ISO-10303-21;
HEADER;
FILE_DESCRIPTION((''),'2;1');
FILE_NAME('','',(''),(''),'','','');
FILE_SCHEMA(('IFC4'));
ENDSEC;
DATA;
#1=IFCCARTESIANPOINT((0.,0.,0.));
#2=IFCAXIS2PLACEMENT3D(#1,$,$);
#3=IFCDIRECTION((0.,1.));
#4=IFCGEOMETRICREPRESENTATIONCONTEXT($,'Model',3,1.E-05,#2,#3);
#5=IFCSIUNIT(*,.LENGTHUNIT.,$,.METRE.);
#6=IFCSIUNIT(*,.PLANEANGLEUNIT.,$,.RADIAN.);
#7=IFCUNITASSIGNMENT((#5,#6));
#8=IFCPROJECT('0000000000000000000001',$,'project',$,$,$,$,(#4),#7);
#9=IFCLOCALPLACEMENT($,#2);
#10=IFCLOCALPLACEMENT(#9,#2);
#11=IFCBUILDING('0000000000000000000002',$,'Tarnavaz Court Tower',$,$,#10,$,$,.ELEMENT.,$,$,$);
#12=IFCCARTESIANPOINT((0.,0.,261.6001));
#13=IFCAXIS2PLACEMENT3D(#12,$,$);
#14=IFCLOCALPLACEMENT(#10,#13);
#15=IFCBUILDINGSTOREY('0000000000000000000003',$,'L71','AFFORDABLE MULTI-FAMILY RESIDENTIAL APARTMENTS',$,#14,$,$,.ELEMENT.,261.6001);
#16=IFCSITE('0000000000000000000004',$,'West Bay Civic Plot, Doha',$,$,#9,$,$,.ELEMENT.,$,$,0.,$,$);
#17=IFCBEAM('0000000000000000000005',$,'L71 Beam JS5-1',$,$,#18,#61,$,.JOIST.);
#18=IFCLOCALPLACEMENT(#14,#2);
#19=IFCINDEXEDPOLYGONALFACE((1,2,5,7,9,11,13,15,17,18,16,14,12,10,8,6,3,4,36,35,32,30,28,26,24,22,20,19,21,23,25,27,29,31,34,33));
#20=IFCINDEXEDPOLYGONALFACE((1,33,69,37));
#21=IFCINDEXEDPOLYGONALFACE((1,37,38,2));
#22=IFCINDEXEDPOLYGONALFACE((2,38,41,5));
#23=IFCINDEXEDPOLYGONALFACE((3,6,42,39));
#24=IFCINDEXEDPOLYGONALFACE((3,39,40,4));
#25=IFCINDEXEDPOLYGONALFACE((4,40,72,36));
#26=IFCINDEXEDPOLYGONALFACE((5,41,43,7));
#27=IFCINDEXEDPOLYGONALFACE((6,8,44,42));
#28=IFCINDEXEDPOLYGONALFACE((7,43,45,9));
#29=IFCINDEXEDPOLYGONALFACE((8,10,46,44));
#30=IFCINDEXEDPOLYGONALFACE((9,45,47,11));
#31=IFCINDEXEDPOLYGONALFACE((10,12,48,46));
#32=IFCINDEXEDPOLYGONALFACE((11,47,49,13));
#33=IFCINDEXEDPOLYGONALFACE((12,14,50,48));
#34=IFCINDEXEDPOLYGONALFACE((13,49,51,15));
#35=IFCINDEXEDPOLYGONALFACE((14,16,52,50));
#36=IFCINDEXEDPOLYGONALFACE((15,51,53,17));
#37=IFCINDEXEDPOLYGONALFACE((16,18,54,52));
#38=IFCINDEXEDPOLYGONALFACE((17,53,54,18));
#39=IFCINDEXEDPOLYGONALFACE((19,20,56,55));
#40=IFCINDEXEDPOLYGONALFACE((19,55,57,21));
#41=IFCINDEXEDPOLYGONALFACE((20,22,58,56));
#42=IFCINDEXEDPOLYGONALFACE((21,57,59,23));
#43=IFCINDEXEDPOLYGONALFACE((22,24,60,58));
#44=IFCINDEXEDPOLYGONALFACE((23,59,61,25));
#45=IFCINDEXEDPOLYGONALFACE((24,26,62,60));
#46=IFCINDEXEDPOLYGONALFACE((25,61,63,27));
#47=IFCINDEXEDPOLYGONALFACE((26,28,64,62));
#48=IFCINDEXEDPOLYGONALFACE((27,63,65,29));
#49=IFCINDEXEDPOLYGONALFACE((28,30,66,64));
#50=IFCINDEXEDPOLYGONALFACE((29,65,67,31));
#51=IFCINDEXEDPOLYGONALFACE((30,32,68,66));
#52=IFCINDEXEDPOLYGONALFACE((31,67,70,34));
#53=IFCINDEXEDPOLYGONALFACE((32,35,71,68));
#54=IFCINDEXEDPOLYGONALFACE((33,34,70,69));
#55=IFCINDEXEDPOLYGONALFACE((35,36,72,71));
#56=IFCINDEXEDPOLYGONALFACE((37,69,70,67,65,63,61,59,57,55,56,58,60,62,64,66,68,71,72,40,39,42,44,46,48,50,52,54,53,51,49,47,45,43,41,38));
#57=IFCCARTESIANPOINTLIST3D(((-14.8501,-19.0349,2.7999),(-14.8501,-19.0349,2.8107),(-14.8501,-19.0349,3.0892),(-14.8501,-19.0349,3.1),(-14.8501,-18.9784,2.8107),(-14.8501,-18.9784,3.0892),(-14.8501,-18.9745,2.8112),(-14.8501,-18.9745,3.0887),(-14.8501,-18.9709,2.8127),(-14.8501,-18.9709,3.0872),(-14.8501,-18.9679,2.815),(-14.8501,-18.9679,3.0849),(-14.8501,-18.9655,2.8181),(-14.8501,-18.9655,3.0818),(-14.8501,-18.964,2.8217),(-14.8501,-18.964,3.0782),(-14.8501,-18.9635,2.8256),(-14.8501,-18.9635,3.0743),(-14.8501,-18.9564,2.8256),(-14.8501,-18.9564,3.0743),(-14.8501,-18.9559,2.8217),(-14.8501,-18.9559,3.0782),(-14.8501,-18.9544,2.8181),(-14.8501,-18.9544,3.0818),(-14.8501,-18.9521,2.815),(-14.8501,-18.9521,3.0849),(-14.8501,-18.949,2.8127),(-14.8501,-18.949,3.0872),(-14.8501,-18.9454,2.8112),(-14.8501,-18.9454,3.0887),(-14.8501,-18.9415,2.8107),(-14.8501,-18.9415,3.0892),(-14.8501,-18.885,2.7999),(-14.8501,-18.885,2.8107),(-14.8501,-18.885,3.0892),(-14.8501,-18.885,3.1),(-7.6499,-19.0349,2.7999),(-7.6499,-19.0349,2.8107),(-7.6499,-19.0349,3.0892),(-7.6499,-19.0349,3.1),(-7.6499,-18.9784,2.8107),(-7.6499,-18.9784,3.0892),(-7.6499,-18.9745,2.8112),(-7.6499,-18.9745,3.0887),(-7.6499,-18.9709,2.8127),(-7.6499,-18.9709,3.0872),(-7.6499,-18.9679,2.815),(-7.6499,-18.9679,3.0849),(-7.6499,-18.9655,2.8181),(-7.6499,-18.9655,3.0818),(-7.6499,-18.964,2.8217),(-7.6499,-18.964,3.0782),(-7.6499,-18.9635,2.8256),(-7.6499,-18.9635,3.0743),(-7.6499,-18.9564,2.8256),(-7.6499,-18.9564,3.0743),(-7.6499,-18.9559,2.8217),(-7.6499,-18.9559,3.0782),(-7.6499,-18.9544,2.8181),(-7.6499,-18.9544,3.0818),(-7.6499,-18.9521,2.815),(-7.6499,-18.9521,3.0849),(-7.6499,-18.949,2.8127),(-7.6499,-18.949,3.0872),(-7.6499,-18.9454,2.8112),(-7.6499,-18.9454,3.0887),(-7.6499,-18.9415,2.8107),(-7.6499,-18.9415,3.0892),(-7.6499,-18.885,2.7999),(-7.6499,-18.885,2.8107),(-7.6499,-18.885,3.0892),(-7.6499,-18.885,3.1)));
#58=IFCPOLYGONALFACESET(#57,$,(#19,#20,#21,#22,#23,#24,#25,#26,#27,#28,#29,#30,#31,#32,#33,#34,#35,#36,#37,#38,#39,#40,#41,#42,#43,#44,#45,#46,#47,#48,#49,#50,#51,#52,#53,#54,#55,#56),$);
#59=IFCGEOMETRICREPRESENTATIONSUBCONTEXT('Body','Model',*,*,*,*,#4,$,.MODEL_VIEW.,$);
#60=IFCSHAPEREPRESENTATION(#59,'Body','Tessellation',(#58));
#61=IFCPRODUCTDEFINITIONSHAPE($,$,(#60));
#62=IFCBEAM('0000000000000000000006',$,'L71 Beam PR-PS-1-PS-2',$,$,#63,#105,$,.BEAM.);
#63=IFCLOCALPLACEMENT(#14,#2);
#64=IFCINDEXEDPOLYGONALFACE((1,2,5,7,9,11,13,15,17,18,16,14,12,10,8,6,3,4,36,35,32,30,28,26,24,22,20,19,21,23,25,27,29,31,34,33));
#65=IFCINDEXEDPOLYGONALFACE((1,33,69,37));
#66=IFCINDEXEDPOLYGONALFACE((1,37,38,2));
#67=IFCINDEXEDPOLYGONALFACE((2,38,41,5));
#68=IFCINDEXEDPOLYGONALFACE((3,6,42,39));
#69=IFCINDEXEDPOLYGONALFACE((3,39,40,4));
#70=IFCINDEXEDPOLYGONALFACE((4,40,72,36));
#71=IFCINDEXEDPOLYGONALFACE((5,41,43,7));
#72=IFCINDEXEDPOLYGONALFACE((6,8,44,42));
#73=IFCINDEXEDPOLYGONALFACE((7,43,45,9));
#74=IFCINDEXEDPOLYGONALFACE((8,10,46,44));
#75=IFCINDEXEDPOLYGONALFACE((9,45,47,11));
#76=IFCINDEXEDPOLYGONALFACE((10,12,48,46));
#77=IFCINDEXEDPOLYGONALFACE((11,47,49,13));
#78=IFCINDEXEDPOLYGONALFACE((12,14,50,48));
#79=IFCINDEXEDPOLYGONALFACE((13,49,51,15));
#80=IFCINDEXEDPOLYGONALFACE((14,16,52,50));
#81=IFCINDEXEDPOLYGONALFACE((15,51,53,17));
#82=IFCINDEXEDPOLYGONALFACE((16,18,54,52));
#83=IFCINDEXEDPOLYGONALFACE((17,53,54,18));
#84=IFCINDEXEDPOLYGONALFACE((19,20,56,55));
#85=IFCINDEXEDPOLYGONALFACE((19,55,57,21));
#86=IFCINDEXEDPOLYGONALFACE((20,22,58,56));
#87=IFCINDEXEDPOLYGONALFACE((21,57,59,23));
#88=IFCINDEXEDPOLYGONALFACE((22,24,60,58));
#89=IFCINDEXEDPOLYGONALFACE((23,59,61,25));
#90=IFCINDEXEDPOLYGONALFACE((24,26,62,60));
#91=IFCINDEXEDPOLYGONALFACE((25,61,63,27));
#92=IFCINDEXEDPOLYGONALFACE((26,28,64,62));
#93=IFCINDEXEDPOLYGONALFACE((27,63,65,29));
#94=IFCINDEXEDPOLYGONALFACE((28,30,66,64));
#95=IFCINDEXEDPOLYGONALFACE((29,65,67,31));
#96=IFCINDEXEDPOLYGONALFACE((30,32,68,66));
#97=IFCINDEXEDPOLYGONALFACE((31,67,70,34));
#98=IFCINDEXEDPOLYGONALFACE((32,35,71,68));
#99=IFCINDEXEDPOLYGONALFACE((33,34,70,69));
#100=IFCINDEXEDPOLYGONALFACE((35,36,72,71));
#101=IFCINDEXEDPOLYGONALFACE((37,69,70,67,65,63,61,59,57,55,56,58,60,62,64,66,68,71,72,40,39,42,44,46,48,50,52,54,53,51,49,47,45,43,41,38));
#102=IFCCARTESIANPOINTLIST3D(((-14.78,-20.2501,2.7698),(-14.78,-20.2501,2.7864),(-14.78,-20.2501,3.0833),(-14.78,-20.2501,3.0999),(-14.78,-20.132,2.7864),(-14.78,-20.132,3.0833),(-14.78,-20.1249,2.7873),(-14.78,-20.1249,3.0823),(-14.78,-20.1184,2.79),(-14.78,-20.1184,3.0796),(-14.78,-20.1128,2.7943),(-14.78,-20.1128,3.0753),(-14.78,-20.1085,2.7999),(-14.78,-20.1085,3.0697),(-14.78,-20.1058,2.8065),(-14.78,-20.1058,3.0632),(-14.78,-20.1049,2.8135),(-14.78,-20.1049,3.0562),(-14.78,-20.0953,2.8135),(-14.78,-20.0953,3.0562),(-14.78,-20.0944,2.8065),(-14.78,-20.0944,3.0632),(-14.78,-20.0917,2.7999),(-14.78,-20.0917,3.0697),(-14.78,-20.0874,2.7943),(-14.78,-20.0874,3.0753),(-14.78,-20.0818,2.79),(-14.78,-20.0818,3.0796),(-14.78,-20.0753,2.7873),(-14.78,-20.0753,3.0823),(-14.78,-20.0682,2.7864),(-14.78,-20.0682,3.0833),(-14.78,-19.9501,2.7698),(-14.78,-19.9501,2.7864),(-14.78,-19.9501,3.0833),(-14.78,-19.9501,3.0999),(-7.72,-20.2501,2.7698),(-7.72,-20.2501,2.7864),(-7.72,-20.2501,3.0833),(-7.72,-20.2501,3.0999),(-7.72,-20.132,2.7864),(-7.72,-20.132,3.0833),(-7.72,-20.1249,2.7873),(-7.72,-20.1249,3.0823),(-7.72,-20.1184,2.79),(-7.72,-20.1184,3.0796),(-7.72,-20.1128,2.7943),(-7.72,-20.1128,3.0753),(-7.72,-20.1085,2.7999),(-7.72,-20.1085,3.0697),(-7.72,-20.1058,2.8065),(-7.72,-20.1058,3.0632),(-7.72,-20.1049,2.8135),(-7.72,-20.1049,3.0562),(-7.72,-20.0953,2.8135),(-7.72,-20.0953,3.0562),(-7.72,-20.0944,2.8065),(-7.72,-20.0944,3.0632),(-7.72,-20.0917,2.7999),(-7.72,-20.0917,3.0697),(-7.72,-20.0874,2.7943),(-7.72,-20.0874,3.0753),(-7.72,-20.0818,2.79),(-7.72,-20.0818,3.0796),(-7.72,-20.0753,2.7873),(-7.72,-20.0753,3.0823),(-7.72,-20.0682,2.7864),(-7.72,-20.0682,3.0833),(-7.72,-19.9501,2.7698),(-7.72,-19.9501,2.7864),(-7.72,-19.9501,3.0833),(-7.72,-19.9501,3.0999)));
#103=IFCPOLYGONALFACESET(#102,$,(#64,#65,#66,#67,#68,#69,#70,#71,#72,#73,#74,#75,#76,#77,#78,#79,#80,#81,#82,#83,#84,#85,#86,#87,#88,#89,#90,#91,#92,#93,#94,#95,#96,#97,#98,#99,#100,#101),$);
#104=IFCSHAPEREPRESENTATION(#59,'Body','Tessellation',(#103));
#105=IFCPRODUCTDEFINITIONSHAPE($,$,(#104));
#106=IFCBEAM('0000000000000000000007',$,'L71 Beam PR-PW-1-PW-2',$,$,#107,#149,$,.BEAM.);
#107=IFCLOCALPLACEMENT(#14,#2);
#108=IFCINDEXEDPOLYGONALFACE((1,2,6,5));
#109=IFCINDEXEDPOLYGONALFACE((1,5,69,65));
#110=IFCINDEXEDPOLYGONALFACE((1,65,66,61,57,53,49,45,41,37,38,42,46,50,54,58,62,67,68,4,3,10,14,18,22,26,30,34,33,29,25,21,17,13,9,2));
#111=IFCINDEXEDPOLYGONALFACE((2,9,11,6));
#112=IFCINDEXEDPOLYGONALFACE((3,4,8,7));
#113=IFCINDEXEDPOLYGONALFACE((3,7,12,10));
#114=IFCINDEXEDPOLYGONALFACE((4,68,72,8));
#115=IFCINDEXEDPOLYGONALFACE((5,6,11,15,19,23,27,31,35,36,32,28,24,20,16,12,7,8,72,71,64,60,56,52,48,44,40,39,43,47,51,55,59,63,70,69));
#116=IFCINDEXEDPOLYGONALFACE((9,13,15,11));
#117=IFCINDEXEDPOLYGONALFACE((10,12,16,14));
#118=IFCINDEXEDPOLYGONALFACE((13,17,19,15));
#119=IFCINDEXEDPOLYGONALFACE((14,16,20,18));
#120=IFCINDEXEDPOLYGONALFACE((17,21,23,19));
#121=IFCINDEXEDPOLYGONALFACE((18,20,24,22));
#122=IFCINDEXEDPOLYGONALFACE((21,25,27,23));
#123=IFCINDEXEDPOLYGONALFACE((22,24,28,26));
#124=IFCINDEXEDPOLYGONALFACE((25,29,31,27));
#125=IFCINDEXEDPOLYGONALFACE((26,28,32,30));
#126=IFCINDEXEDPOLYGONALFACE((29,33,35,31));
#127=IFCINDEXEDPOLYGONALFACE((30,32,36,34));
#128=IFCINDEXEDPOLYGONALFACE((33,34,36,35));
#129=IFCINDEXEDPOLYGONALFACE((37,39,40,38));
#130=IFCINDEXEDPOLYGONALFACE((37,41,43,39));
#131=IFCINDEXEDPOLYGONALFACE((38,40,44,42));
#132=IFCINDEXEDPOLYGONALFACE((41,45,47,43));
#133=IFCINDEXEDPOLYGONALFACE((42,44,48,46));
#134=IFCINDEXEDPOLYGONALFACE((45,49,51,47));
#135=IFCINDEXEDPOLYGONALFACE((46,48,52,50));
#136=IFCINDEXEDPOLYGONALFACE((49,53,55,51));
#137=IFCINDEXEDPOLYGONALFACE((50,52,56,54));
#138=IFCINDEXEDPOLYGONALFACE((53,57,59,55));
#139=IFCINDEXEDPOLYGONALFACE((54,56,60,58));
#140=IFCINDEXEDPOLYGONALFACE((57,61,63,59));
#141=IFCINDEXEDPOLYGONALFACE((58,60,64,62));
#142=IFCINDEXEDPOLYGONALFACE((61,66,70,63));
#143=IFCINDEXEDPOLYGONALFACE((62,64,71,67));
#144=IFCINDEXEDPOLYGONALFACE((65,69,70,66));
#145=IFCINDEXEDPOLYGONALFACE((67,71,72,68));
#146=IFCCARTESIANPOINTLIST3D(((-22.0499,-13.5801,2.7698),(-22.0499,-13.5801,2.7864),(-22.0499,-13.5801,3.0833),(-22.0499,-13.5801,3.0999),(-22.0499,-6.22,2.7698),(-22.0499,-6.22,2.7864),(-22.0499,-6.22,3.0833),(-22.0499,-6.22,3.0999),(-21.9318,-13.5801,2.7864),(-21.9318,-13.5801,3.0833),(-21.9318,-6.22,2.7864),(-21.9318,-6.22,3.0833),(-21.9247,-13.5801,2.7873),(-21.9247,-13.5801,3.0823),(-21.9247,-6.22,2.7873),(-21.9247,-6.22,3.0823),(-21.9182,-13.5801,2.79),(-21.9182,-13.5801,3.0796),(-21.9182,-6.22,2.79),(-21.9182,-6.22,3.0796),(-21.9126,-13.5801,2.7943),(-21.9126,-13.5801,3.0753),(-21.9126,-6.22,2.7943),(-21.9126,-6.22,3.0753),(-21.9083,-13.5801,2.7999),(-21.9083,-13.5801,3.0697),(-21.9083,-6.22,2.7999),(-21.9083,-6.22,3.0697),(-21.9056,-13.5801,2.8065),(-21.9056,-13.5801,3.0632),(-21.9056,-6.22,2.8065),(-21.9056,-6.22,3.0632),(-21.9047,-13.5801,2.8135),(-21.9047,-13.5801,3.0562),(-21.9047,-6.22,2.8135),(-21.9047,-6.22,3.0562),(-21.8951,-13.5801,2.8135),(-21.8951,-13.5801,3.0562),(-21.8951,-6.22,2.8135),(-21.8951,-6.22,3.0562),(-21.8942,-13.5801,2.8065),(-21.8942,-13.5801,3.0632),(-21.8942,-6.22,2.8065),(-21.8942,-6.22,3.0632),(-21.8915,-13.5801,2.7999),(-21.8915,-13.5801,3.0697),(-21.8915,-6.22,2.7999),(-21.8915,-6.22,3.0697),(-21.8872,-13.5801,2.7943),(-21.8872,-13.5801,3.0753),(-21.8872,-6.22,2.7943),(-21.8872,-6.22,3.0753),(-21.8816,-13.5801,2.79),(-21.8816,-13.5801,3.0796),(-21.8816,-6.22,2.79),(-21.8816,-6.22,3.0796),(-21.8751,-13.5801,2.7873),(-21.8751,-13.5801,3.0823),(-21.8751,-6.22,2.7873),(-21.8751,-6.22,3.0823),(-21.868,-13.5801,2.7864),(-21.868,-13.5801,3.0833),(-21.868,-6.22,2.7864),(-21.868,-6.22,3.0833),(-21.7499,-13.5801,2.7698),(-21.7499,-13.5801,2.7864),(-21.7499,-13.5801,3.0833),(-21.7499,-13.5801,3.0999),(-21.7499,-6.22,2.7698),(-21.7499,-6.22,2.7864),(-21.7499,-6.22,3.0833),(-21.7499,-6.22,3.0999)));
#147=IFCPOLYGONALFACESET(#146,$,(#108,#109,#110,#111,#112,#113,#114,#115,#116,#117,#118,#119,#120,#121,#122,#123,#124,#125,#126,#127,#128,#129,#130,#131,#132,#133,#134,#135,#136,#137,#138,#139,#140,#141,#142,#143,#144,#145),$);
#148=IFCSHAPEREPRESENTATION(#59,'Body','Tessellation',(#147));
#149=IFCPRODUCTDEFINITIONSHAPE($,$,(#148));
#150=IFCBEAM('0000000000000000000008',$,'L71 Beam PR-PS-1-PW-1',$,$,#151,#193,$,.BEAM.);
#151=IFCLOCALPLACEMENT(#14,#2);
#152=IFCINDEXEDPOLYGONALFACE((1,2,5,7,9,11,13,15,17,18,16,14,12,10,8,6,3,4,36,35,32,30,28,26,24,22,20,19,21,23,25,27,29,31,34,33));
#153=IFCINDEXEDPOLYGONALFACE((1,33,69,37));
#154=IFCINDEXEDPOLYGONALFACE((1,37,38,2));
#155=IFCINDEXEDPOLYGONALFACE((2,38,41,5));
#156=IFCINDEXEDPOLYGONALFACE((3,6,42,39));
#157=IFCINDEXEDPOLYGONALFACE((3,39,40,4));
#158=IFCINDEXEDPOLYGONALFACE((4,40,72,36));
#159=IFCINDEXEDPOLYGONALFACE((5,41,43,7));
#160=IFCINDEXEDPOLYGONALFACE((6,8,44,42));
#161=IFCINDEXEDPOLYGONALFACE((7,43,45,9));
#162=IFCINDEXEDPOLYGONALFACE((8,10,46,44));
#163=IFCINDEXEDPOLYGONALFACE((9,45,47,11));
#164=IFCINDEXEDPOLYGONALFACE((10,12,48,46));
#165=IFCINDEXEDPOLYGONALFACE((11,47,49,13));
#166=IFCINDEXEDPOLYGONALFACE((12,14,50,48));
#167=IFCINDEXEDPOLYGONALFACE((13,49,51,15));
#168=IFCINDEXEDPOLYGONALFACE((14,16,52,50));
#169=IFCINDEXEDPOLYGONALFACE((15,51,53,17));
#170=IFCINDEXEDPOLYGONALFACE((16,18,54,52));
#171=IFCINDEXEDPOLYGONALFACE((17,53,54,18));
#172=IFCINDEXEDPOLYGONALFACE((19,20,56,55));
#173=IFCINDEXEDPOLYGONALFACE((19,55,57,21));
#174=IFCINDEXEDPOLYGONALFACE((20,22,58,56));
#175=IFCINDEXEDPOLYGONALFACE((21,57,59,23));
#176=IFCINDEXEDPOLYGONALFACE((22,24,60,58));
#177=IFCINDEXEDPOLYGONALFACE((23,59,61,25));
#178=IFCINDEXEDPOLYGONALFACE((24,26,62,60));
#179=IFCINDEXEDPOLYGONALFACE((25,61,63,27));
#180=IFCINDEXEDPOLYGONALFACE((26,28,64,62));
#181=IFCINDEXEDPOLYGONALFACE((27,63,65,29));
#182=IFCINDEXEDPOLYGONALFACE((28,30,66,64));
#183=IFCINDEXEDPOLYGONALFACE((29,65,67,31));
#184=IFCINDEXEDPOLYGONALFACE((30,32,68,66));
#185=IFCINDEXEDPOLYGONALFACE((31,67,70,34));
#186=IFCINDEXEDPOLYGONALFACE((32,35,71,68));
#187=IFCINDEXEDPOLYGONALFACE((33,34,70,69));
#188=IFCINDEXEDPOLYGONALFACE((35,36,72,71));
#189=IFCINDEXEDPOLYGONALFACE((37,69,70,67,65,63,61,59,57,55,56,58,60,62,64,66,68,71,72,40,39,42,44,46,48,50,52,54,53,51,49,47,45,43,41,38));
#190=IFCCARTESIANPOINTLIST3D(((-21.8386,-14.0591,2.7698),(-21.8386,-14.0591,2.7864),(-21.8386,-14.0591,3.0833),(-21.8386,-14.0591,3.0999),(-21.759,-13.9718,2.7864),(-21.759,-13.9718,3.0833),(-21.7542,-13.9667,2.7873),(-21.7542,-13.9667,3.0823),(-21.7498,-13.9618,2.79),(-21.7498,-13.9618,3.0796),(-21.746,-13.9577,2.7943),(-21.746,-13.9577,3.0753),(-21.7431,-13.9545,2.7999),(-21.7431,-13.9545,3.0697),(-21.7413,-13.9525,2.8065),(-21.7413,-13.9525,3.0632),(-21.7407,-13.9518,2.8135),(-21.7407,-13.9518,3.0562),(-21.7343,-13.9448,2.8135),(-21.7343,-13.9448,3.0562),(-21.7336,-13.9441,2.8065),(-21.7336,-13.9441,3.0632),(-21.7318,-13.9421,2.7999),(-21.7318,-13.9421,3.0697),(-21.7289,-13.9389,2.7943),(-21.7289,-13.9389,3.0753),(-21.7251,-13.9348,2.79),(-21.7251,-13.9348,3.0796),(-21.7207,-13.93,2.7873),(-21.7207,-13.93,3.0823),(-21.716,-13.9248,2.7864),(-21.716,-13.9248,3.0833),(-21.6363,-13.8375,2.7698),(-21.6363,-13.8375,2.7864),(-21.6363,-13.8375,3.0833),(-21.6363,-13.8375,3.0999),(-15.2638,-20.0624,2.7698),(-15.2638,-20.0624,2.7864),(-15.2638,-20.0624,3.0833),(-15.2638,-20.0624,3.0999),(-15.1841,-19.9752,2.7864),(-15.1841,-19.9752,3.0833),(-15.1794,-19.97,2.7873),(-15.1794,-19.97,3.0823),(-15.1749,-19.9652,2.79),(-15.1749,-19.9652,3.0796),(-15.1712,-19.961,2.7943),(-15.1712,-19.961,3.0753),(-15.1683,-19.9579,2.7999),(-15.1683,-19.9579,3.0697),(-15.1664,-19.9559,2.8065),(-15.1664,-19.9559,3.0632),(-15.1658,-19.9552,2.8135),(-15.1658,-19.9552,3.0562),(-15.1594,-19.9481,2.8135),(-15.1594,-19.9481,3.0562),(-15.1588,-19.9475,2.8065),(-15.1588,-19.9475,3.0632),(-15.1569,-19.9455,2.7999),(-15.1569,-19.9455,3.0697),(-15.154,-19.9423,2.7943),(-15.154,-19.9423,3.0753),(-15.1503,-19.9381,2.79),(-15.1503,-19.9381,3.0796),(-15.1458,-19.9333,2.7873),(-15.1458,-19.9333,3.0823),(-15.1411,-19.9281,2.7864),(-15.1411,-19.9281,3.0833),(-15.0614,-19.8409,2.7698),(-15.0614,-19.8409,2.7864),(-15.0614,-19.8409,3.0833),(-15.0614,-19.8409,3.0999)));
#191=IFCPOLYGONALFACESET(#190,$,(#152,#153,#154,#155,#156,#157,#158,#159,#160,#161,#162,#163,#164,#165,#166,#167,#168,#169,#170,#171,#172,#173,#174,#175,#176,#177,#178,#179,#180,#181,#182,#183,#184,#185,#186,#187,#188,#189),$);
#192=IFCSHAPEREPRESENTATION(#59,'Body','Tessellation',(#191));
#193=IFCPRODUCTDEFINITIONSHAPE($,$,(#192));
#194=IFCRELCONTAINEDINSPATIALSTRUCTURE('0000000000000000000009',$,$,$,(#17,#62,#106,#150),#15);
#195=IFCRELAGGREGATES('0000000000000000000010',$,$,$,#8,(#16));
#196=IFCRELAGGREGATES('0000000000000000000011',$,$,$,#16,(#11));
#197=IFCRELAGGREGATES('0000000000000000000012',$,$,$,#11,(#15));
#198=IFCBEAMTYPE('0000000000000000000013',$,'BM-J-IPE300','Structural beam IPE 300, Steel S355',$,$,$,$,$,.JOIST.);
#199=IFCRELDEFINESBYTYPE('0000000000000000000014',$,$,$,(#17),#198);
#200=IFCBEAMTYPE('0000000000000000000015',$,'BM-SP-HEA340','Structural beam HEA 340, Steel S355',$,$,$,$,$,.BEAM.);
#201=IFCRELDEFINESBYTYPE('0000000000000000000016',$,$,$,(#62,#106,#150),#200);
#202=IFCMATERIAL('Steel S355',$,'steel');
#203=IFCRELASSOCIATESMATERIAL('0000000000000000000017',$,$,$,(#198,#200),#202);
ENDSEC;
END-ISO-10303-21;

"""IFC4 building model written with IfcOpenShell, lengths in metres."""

from ifc_helpers import new_model, si_unit, direction, frame, origin, origin_2d, place, context, subcontext, project, spatial, i_section, extrude, material, material_profile, profile_set, type_object, element, save


model = new_model("IFC4")

# Units and contexts
model_context = context("Model", 3, precision=1e-05, world=origin(), true_north=direction((0.0, 1.0)))
body_context = subcontext(model_context, "Body", "Model", "MODEL_VIEW")
ifc_project = project(units=[si_unit("LENGTHUNIT", "METRE"), si_unit("PLANEANGLEUNIT", "RADIAN")], contexts=[model_context])

# Site, building, storey
site_placement = place(None, origin())
site = spatial("IfcSite", under=ifc_project, at=site_placement, Name="West Bay Civic Plot, Doha", CompositionType="ELEMENT", RefElevation=0.0)
building_placement = place(site_placement, origin())
building = spatial("IfcBuilding", under=site, at=building_placement, Name="Tarnavaz Court Tower", CompositionType="ELEMENT")
storey_placement = place(building_placement, frame((0.0, 0.0, 261.6001)))
storey = spatial("IfcBuildingStorey", under=building, at=storey_placement, Name="L71", Description="AFFORDABLE MULTI-FAMILY RESIDENTIAL APARTMENTS", CompositionType="ELEMENT", Elevation=261.6001)

# Beams
ifc_material_1 = material(Name="Steel S355", Category="steel")
ifc_material_profile_1 = material_profile(ifc_material_1, i_section(OverallWidth=0.1499, OverallDepth=0.3, WebThickness=0.0071, FlangeThickness=0.0107, FilletRadius=0.0149, at=origin_2d()), Name="IPE 300")
ifc_profile_set_1 = profile_set([ifc_material_profile_1], Name="Steel S355")
beam_type_1 = type_object("IfcBeamType", Name="BM-J-IPE300", Description="Structural beam IPE 300, Steel S355", PredefinedType="JOIST", material=ifc_profile_set_1)
for number, where, z_axis, x_axis, name in (
    (1, (-14.8501, -18.96, 2.95), (1.0, 0.0, 0.0), (0.0, 1.0, 0.0), "L71 Beam JS5-1"),
):
    element("IfcBeam", number, at=place(storey_placement, frame(where, z_axis=z_axis, x_axis=x_axis)), inside=storey, type_object=beam_type_1, Name=name, PredefinedType="JOIST", context=body_context, shape_type="SweptSolid", body=[
        extrude(i_section(OverallWidth=0.1499, OverallDepth=0.3, WebThickness=0.0071, FlangeThickness=0.0107, FilletRadius=0.0149, at=origin_2d()), origin(), (0.0, 0.0, 1.0), 7.2002),
    ])
ifc_material_profile_2 = material_profile(ifc_material_1, i_section(OverallWidth=0.3, OverallDepth=0.3301, WebThickness=0.0095, FlangeThickness=0.0166, FilletRadius=0.0271, at=origin_2d()), Name="HEA 340")
ifc_profile_set_2 = profile_set([ifc_material_profile_2], Name="Steel S355")
beam_type_2 = type_object("IfcBeamType", Name="BM-SP-HEA340", Description="Structural beam HEA 340, Steel S355", PredefinedType="BEAM", material=ifc_profile_set_2)
beam_1_placement = place(storey_placement, frame((-14.78, -20.1001, 2.9348), z_axis=(1.0, 0.0, 0.0), x_axis=(0.0, 1.0, 0.0)))
element("IfcBeam", 2, at=beam_1_placement, inside=storey, type_object=beam_type_2, Name="L71 Beam PR-PS-1-PS-2", PredefinedType="BEAM", context=body_context, shape_type="SweptSolid", body=[
    extrude(i_section(OverallWidth=0.3, OverallDepth=0.3301, WebThickness=0.0095, FlangeThickness=0.0166, FilletRadius=0.0271, at=origin_2d()), origin(), (0.0, 0.0, 1.0), 7.0601),
])
beam_2_placement = place(storey_placement, frame((-21.8999, -13.5801, 2.9348), z_axis=(0.0, 1.0, 0.0), x_axis=(-1.0, 0.0, 0.0)))
element("IfcBeam", 3, at=beam_2_placement, inside=storey, type_object=beam_type_2, Name="L71 Beam PR-PW-1-PW-2", PredefinedType="BEAM", context=body_context, shape_type="SweptSolid", body=[
    extrude(i_section(OverallWidth=0.3, OverallDepth=0.3301, WebThickness=0.0095, FlangeThickness=0.0166, FilletRadius=0.0271, at=origin_2d()), origin(), (0.0, 0.0, 1.0), 7.3601),
])
beam_3_placement = place(storey_placement, frame((-15.1626, -19.9517, 2.9348), z_axis=(-0.738474, 0.674282, 0.0), x_axis=(-0.674282, -0.738474, 0.0)))
element("IfcBeam", 4, at=beam_3_placement, inside=storey, type_object=beam_type_2, Name="L71 Beam PR-PS-1-PW-1", PredefinedType="BEAM", context=body_context, shape_type="SweptSolid", body=[
    extrude(i_section(OverallWidth=0.3, OverallDepth=0.3301, WebThickness=0.0095, FlangeThickness=0.0166, FilletRadius=0.0271, at=origin_2d()), origin(), (0.0, 0.0, 1.0), 8.9033),
])

save(model, "model.ifc")
